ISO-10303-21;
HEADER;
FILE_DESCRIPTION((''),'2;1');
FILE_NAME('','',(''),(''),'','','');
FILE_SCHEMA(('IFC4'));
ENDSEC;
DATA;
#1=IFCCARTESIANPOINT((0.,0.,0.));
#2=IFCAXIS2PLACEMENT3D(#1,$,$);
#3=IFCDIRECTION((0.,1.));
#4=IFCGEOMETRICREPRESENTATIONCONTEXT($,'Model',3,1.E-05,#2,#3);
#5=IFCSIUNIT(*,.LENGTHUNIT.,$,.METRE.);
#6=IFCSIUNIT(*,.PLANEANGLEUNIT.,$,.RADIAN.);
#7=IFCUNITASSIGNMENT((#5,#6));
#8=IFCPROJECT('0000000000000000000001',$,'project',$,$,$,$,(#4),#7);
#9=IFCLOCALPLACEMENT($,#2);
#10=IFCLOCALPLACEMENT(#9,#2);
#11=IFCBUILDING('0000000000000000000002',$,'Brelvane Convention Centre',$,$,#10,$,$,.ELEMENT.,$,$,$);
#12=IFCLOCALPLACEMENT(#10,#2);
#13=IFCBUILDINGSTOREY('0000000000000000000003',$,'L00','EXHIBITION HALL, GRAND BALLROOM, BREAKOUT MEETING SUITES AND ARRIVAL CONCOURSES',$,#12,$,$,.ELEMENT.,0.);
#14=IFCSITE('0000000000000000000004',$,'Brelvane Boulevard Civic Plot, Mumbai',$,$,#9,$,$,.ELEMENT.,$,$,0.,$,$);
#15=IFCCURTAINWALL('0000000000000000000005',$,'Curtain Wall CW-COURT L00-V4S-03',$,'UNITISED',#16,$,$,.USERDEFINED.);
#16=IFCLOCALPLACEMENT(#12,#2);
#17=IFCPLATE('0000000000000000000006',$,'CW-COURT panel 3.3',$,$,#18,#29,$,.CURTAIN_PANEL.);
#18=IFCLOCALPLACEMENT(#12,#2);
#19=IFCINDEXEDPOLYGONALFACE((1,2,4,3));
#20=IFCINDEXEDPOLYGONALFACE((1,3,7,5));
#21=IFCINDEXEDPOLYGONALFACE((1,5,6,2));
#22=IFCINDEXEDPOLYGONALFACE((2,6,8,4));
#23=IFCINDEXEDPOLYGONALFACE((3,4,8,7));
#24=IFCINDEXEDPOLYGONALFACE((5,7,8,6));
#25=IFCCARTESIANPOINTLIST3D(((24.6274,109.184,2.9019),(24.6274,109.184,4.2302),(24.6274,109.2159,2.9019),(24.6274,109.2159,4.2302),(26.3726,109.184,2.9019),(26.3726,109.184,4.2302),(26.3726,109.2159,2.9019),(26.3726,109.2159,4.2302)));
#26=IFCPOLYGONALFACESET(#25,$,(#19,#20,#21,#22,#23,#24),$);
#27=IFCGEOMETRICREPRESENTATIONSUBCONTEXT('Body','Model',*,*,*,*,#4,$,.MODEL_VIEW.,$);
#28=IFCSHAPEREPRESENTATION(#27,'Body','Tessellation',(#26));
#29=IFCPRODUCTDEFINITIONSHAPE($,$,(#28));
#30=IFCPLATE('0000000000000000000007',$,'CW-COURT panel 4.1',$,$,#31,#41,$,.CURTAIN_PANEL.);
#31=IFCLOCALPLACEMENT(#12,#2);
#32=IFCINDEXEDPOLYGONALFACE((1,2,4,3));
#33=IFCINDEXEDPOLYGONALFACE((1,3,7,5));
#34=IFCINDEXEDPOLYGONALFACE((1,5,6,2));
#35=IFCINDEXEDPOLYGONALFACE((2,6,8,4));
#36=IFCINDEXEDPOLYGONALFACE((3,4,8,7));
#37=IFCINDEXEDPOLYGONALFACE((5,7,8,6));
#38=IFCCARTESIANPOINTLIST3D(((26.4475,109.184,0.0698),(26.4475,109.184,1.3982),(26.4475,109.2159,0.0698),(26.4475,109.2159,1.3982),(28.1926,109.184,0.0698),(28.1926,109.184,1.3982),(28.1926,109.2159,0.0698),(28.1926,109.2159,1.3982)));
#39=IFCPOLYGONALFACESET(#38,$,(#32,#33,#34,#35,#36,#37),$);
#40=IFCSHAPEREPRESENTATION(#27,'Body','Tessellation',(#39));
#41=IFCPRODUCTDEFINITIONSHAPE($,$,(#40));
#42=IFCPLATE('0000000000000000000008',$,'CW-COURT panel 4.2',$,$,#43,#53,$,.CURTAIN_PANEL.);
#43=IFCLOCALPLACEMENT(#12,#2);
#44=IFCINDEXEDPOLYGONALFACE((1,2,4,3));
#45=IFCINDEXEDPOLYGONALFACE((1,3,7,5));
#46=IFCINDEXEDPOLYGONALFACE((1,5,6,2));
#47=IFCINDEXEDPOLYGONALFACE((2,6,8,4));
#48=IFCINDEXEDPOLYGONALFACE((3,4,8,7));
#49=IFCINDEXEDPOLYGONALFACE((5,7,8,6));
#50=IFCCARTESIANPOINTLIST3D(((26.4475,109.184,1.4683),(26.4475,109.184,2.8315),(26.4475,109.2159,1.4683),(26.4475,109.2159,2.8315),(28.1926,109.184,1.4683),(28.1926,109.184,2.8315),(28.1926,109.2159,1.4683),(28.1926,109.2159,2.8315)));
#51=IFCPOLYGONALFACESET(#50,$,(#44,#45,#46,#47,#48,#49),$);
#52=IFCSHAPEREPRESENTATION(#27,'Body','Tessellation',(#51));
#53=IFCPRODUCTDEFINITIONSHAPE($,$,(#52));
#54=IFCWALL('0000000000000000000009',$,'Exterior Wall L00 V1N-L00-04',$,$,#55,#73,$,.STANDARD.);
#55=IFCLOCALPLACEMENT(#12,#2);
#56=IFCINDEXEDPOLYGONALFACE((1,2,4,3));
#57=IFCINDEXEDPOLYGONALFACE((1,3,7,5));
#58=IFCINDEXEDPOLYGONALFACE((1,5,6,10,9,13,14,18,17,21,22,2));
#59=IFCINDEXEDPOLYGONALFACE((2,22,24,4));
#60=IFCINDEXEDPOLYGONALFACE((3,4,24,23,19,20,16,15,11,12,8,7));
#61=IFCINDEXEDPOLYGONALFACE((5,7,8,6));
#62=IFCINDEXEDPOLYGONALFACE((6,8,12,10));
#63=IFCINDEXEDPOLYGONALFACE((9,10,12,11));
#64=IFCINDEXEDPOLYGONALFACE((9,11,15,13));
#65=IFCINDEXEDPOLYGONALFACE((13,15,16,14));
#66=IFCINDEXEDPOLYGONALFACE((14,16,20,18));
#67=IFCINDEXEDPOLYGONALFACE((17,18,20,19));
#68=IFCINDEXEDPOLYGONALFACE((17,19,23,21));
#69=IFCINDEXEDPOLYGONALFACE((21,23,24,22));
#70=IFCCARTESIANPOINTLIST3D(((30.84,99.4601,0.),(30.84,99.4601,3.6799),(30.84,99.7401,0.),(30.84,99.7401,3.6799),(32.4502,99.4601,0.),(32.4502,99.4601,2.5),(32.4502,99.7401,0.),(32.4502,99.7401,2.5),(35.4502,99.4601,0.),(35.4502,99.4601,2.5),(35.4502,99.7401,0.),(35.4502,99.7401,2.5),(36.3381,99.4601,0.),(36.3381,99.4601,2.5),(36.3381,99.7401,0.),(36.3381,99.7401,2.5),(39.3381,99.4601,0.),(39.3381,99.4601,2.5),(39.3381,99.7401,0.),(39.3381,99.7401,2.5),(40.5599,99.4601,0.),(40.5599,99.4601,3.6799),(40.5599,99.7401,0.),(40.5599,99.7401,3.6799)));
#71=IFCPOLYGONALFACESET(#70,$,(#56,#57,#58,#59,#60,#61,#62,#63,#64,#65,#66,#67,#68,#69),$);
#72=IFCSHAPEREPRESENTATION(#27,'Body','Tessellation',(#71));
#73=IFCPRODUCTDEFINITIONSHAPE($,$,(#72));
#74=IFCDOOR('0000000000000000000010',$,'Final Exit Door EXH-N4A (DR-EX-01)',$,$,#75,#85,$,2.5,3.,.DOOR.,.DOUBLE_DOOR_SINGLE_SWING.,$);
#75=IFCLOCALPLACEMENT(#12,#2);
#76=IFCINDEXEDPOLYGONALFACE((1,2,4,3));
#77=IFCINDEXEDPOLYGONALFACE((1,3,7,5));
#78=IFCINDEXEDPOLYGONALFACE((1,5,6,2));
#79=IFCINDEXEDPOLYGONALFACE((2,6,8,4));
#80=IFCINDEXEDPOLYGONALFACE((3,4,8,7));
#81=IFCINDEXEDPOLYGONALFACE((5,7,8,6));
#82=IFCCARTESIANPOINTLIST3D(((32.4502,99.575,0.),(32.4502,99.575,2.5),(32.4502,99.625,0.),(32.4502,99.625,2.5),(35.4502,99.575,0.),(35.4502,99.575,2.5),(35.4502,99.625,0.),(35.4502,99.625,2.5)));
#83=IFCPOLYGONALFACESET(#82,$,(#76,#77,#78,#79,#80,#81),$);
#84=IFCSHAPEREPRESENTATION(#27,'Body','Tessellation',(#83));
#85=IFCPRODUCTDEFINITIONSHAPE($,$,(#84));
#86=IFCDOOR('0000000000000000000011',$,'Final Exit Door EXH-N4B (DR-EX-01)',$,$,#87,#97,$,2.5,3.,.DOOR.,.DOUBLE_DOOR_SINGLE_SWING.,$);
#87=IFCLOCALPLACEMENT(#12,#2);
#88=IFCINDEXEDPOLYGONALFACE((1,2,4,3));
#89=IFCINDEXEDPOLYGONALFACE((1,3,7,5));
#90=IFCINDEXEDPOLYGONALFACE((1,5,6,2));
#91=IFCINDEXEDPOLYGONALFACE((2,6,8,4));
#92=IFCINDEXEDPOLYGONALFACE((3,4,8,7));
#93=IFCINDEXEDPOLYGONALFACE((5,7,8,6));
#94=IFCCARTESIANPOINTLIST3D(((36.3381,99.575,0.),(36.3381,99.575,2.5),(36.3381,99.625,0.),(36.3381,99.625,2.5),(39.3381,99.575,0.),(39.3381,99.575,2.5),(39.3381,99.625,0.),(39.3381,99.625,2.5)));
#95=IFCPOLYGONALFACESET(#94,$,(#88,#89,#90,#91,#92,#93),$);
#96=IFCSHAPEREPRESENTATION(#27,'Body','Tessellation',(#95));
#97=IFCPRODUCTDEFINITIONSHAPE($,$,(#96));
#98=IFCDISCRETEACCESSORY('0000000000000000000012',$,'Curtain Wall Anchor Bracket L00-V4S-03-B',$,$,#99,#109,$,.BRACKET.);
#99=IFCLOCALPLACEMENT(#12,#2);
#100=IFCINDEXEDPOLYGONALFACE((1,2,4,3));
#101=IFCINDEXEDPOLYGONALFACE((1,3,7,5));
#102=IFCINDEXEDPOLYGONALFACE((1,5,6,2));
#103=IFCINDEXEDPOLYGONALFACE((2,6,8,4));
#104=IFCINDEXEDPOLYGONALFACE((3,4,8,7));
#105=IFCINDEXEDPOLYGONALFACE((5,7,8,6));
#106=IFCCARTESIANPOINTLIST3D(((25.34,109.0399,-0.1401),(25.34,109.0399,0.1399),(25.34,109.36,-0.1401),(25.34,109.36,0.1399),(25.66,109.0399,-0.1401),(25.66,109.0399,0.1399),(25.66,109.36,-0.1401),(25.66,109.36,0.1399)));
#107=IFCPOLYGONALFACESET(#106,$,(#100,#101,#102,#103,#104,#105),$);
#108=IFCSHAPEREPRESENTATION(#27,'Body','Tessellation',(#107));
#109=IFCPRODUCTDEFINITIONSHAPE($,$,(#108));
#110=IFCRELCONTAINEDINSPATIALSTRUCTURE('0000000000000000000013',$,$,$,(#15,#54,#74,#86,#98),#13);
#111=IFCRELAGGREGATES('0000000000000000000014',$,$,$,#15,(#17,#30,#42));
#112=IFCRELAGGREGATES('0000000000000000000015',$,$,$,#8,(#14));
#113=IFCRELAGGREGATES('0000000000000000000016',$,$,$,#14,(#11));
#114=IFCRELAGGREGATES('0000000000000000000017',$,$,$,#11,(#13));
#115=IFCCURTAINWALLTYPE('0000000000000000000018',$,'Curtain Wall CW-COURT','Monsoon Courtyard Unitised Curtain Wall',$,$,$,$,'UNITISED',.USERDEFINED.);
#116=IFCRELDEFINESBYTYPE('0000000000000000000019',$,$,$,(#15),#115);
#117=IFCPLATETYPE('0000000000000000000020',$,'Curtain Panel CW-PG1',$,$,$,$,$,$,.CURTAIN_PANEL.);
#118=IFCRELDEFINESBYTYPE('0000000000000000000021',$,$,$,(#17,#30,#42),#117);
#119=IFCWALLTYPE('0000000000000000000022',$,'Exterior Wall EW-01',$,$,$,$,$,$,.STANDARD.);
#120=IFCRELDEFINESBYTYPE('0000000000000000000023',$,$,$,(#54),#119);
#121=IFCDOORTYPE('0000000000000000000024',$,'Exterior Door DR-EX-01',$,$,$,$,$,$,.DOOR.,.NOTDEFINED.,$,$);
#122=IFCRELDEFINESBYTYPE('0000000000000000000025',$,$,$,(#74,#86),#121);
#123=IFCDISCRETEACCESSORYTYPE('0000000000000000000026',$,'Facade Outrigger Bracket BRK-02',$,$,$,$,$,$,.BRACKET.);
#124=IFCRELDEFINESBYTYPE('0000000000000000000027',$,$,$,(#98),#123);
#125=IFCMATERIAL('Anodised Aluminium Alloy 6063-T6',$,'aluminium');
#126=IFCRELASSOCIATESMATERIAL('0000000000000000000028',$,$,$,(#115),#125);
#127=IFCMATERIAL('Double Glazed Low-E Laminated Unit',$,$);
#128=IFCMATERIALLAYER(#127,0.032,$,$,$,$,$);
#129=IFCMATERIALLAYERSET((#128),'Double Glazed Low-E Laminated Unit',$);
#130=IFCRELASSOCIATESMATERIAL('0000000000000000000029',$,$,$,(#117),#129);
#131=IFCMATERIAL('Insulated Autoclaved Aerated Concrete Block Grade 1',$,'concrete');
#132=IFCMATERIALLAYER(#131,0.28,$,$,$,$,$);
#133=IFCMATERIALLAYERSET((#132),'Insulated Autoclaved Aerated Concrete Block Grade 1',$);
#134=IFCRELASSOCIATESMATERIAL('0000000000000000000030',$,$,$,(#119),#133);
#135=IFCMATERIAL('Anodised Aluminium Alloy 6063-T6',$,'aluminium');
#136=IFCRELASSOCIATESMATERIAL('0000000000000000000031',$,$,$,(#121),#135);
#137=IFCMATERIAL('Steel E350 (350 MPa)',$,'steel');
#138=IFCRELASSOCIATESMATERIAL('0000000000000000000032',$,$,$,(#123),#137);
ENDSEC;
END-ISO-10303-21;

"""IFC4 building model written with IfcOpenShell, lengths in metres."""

from ifc_helpers import new_model, si_unit, direction, frame, frame_2d, origin, origin_2d, place, context, subcontext, project, spatial, rectangle, extrude, material, layer, layer_set, type_object, element, fill, aggregate, save


model = new_model("IFC4")

# Units and contexts
model_context = context("Model", 3, precision=1e-05, world=origin(), true_north=direction((0.0, 1.0)))
body_context = subcontext(model_context, "Body", "Model", "MODEL_VIEW")
ifc_project = project(units=[si_unit("LENGTHUNIT", "METRE"), si_unit("PLANEANGLEUNIT", "RADIAN")], contexts=[model_context])

# Site, building, storey
site_placement = place(None, origin())
site = spatial("IfcSite", under=ifc_project, at=site_placement, Name="Brelvane Boulevard Civic Plot, Mumbai", CompositionType="ELEMENT", RefElevation=0.0)
building_placement = place(site_placement, origin())
building = spatial("IfcBuilding", under=site, at=building_placement, Name="Brelvane Convention Centre", CompositionType="ELEMENT")
storey_placement = place(building_placement, origin())
storey = spatial("IfcBuildingStorey", under=building, at=storey_placement, Name="L00", Description="EXHIBITION HALL, GRAND BALLROOM, BREAKOUT MEETING SUITES AND ARRIVAL CONCOURSES", CompositionType="ELEMENT", Elevation=0.0)

# Curtain wall
ifc_material_1 = material(Name="Anodised Aluminium Alloy 6063-T6", Category="aluminium")
curtain_wall_type = type_object("IfcCurtainWallType", Name="Curtain Wall CW-COURT", Description="Monsoon Courtyard Unitised Curtain Wall", ElementType="UNITISED", PredefinedType="USERDEFINED", material=ifc_material_1)
curtain_wall_placement = place(storey_placement, origin())
curtain_wall = element("IfcCurtainWall", 1, at=curtain_wall_placement, inside=storey, type_object=curtain_wall_type, Name="Curtain Wall CW-COURT L00-V4S-03", ObjectType="UNITISED", PredefinedType="USERDEFINED")

# Plates
ifc_material_2 = material(Name="Double Glazed Low-E Laminated Unit")
ifc_layer_1 = layer(ifc_material_2, 0.032)
ifc_layer_set_1 = layer_set([ifc_layer_1], Name="Double Glazed Low-E Laminated Unit")
plate_type = type_object("IfcPlateType", Name="Curtain Panel CW-PG1", PredefinedType="CURTAIN_PANEL", material=ifc_layer_set_1)
plate_1_placement = place(storey_placement, frame((25.5, 109.2, 2.9019), z_axis=(0.0, 0.0, 1.0), x_axis=(1.0, 0.0, 0.0)))
plate_1 = element("IfcPlate", 2, at=plate_1_placement, type_object=plate_type, Name="CW-COURT panel 3.3", PredefinedType="CURTAIN_PANEL", context=body_context, shape_type="SweptSolid", body=[
    extrude(rectangle(XDim=1.7451, YDim=0.032, at=origin_2d()), origin(), (0.0, 0.0, 1.0), 1.3284),
])
plate_2_placement = place(storey_placement, frame((27.3201, 109.2, 0.0698), z_axis=(0.0, 0.0, 1.0), x_axis=(1.0, 0.0, 0.0)))
plate_2 = element("IfcPlate", 3, at=plate_2_placement, type_object=plate_type, Name="CW-COURT panel 4.1", PredefinedType="CURTAIN_PANEL", context=body_context, shape_type="SweptSolid", body=[
    extrude(rectangle(XDim=1.7451, YDim=0.032, at=origin_2d()), origin(), (0.0, 0.0, 1.0), 1.3284),
])
plate_3_placement = place(storey_placement, frame((27.3201, 109.2, 1.4683), z_axis=(0.0, 0.0, 1.0), x_axis=(1.0, 0.0, 0.0)))
plate_3 = element("IfcPlate", 4, at=plate_3_placement, type_object=plate_type, Name="CW-COURT panel 4.2", PredefinedType="CURTAIN_PANEL", context=body_context, shape_type="SweptSolid", body=[
    extrude(rectangle(XDim=1.7451, YDim=0.032, at=origin_2d()), origin(), (0.0, 0.0, 1.0), 1.3633),
])
aggregate(curtain_wall, [plate_1, plate_2, plate_3])

# Wall, openings, doors
ifc_material_3 = material(Name="Insulated Autoclaved Aerated Concrete Block Grade 1", Category="concrete")
ifc_layer_2 = layer(ifc_material_3, 0.28)
ifc_layer_set_2 = layer_set([ifc_layer_2], Name="Insulated Autoclaved Aerated Concrete Block Grade 1")
wall_type = type_object("IfcWallType", Name="Exterior Wall EW-01", PredefinedType="STANDARD", material=ifc_layer_set_2)
wall_placement = place(storey_placement, frame((30.8401, 99.6001, 0.0), z_axis=(0.0, 0.0, 1.0), x_axis=(1.0, 0.0, 0.0)))
wall = element("IfcWall", 5, at=wall_placement, inside=storey, type_object=wall_type, Name="Exterior Wall L00 V1N-L00-04", PredefinedType="STANDARD", context=body_context, shape_type="SweptSolid", body=[
    extrude(rectangle(XDim=9.72, YDim=0.28, at=frame_2d((4.8599, 0.0))), origin(), (0.0, 0.0, 1.0), 3.6799),
])
opening_1_placement = place(wall_placement, frame((1.6101, 0.0, 0.0)))
opening_1 = element("IfcOpeningElement", 6, at=opening_1_placement, cuts=wall, PredefinedType="OPENING", context=body_context, shape_type="SweptSolid", body=[
    extrude(rectangle(XDim=3.0, YDim=2.5, at=frame_2d((1.5, 1.25))), frame((0.0, 0.1499, 0.0), z_axis=(0.0, -1.0, 0.0), x_axis=(1.0, 0.0, 0.0)), (0.0, 0.0, 1.0), 0.3),
])
opening_2_placement = place(wall_placement, frame((5.498, 0.0, 0.0)))
opening_2 = element("IfcOpeningElement", 7, at=opening_2_placement, cuts=wall, PredefinedType="OPENING", context=body_context, shape_type="SweptSolid", body=[
    extrude(rectangle(XDim=3.0, YDim=2.5, at=frame_2d((1.5, 1.25))), frame((0.0, 0.1499, 0.0), z_axis=(0.0, -1.0, 0.0), x_axis=(1.0, 0.0, 0.0)), (0.0, 0.0, 1.0), 0.3),
])
ifc_material_4 = material(Name="Anodised Aluminium Alloy 6063-T6", Category="aluminium")
door_type = type_object("IfcDoorType", Name="Exterior Door DR-EX-01", OperationType="NOTDEFINED", PredefinedType="DOOR", material=ifc_material_4)
door_1_placement = place(opening_1_placement, origin())
door_1 = element("IfcDoor", 8, at=door_1_placement, inside=storey, type_object=door_type, Name="Final Exit Door EXH-N4A (DR-EX-01)", OperationType="DOUBLE_DOOR_SINGLE_SWING", OverallHeight=2.5, OverallWidth=3.0, PredefinedType="DOOR", context=body_context, shape_type="SweptSolid", body=[
    extrude(rectangle(XDim=3.0, YDim=2.5, at=frame_2d((1.5, 1.25))), frame((0.0, 0.0249, 0.0), z_axis=(0.0, -1.0, 0.0), x_axis=(1.0, 0.0, 0.0)), (0.0, 0.0, 1.0), 0.05),
])
fill(opening_1, door_1)
door_2_placement = place(opening_2_placement, origin())
door_2 = element("IfcDoor", 9, at=door_2_placement, inside=storey, type_object=door_type, Name="Final Exit Door EXH-N4B (DR-EX-01)", OperationType="DOUBLE_DOOR_SINGLE_SWING", OverallHeight=2.5, OverallWidth=3.0, PredefinedType="DOOR", context=body_context, shape_type="SweptSolid", body=[
    extrude(rectangle(XDim=3.0, YDim=2.5, at=frame_2d((1.5, 1.25))), frame((0.0, 0.0249, 0.0), z_axis=(0.0, -1.0, 0.0), x_axis=(1.0, 0.0, 0.0)), (0.0, 0.0, 1.0), 0.05),
])
fill(opening_2, door_2)

# Discrete accessory
ifc_material_5 = material(Name="Steel E350 (350 MPa)", Category="steel")
discrete_accessory_type = type_object("IfcDiscreteAccessoryType", Name="Facade Outrigger Bracket BRK-02", PredefinedType="BRACKET", material=ifc_material_5)
discrete_accessory_placement = place(storey_placement, frame((25.5, 109.2, -0.1401), z_axis=(0.0, 0.0, 1.0), x_axis=(1.0, 0.0, 0.0)))
element("IfcDiscreteAccessory", 10, at=discrete_accessory_placement, inside=storey, type_object=discrete_accessory_type, Name="Curtain Wall Anchor Bracket L00-V4S-03-B", PredefinedType="BRACKET", context=body_context, shape_type="SweptSolid", body=[
    extrude(rectangle(XDim=0.3201, YDim=0.3201, at=origin_2d()), origin(), (0.0, 0.0, 1.0), 0.28),
])

save(model, "model.ifc")
